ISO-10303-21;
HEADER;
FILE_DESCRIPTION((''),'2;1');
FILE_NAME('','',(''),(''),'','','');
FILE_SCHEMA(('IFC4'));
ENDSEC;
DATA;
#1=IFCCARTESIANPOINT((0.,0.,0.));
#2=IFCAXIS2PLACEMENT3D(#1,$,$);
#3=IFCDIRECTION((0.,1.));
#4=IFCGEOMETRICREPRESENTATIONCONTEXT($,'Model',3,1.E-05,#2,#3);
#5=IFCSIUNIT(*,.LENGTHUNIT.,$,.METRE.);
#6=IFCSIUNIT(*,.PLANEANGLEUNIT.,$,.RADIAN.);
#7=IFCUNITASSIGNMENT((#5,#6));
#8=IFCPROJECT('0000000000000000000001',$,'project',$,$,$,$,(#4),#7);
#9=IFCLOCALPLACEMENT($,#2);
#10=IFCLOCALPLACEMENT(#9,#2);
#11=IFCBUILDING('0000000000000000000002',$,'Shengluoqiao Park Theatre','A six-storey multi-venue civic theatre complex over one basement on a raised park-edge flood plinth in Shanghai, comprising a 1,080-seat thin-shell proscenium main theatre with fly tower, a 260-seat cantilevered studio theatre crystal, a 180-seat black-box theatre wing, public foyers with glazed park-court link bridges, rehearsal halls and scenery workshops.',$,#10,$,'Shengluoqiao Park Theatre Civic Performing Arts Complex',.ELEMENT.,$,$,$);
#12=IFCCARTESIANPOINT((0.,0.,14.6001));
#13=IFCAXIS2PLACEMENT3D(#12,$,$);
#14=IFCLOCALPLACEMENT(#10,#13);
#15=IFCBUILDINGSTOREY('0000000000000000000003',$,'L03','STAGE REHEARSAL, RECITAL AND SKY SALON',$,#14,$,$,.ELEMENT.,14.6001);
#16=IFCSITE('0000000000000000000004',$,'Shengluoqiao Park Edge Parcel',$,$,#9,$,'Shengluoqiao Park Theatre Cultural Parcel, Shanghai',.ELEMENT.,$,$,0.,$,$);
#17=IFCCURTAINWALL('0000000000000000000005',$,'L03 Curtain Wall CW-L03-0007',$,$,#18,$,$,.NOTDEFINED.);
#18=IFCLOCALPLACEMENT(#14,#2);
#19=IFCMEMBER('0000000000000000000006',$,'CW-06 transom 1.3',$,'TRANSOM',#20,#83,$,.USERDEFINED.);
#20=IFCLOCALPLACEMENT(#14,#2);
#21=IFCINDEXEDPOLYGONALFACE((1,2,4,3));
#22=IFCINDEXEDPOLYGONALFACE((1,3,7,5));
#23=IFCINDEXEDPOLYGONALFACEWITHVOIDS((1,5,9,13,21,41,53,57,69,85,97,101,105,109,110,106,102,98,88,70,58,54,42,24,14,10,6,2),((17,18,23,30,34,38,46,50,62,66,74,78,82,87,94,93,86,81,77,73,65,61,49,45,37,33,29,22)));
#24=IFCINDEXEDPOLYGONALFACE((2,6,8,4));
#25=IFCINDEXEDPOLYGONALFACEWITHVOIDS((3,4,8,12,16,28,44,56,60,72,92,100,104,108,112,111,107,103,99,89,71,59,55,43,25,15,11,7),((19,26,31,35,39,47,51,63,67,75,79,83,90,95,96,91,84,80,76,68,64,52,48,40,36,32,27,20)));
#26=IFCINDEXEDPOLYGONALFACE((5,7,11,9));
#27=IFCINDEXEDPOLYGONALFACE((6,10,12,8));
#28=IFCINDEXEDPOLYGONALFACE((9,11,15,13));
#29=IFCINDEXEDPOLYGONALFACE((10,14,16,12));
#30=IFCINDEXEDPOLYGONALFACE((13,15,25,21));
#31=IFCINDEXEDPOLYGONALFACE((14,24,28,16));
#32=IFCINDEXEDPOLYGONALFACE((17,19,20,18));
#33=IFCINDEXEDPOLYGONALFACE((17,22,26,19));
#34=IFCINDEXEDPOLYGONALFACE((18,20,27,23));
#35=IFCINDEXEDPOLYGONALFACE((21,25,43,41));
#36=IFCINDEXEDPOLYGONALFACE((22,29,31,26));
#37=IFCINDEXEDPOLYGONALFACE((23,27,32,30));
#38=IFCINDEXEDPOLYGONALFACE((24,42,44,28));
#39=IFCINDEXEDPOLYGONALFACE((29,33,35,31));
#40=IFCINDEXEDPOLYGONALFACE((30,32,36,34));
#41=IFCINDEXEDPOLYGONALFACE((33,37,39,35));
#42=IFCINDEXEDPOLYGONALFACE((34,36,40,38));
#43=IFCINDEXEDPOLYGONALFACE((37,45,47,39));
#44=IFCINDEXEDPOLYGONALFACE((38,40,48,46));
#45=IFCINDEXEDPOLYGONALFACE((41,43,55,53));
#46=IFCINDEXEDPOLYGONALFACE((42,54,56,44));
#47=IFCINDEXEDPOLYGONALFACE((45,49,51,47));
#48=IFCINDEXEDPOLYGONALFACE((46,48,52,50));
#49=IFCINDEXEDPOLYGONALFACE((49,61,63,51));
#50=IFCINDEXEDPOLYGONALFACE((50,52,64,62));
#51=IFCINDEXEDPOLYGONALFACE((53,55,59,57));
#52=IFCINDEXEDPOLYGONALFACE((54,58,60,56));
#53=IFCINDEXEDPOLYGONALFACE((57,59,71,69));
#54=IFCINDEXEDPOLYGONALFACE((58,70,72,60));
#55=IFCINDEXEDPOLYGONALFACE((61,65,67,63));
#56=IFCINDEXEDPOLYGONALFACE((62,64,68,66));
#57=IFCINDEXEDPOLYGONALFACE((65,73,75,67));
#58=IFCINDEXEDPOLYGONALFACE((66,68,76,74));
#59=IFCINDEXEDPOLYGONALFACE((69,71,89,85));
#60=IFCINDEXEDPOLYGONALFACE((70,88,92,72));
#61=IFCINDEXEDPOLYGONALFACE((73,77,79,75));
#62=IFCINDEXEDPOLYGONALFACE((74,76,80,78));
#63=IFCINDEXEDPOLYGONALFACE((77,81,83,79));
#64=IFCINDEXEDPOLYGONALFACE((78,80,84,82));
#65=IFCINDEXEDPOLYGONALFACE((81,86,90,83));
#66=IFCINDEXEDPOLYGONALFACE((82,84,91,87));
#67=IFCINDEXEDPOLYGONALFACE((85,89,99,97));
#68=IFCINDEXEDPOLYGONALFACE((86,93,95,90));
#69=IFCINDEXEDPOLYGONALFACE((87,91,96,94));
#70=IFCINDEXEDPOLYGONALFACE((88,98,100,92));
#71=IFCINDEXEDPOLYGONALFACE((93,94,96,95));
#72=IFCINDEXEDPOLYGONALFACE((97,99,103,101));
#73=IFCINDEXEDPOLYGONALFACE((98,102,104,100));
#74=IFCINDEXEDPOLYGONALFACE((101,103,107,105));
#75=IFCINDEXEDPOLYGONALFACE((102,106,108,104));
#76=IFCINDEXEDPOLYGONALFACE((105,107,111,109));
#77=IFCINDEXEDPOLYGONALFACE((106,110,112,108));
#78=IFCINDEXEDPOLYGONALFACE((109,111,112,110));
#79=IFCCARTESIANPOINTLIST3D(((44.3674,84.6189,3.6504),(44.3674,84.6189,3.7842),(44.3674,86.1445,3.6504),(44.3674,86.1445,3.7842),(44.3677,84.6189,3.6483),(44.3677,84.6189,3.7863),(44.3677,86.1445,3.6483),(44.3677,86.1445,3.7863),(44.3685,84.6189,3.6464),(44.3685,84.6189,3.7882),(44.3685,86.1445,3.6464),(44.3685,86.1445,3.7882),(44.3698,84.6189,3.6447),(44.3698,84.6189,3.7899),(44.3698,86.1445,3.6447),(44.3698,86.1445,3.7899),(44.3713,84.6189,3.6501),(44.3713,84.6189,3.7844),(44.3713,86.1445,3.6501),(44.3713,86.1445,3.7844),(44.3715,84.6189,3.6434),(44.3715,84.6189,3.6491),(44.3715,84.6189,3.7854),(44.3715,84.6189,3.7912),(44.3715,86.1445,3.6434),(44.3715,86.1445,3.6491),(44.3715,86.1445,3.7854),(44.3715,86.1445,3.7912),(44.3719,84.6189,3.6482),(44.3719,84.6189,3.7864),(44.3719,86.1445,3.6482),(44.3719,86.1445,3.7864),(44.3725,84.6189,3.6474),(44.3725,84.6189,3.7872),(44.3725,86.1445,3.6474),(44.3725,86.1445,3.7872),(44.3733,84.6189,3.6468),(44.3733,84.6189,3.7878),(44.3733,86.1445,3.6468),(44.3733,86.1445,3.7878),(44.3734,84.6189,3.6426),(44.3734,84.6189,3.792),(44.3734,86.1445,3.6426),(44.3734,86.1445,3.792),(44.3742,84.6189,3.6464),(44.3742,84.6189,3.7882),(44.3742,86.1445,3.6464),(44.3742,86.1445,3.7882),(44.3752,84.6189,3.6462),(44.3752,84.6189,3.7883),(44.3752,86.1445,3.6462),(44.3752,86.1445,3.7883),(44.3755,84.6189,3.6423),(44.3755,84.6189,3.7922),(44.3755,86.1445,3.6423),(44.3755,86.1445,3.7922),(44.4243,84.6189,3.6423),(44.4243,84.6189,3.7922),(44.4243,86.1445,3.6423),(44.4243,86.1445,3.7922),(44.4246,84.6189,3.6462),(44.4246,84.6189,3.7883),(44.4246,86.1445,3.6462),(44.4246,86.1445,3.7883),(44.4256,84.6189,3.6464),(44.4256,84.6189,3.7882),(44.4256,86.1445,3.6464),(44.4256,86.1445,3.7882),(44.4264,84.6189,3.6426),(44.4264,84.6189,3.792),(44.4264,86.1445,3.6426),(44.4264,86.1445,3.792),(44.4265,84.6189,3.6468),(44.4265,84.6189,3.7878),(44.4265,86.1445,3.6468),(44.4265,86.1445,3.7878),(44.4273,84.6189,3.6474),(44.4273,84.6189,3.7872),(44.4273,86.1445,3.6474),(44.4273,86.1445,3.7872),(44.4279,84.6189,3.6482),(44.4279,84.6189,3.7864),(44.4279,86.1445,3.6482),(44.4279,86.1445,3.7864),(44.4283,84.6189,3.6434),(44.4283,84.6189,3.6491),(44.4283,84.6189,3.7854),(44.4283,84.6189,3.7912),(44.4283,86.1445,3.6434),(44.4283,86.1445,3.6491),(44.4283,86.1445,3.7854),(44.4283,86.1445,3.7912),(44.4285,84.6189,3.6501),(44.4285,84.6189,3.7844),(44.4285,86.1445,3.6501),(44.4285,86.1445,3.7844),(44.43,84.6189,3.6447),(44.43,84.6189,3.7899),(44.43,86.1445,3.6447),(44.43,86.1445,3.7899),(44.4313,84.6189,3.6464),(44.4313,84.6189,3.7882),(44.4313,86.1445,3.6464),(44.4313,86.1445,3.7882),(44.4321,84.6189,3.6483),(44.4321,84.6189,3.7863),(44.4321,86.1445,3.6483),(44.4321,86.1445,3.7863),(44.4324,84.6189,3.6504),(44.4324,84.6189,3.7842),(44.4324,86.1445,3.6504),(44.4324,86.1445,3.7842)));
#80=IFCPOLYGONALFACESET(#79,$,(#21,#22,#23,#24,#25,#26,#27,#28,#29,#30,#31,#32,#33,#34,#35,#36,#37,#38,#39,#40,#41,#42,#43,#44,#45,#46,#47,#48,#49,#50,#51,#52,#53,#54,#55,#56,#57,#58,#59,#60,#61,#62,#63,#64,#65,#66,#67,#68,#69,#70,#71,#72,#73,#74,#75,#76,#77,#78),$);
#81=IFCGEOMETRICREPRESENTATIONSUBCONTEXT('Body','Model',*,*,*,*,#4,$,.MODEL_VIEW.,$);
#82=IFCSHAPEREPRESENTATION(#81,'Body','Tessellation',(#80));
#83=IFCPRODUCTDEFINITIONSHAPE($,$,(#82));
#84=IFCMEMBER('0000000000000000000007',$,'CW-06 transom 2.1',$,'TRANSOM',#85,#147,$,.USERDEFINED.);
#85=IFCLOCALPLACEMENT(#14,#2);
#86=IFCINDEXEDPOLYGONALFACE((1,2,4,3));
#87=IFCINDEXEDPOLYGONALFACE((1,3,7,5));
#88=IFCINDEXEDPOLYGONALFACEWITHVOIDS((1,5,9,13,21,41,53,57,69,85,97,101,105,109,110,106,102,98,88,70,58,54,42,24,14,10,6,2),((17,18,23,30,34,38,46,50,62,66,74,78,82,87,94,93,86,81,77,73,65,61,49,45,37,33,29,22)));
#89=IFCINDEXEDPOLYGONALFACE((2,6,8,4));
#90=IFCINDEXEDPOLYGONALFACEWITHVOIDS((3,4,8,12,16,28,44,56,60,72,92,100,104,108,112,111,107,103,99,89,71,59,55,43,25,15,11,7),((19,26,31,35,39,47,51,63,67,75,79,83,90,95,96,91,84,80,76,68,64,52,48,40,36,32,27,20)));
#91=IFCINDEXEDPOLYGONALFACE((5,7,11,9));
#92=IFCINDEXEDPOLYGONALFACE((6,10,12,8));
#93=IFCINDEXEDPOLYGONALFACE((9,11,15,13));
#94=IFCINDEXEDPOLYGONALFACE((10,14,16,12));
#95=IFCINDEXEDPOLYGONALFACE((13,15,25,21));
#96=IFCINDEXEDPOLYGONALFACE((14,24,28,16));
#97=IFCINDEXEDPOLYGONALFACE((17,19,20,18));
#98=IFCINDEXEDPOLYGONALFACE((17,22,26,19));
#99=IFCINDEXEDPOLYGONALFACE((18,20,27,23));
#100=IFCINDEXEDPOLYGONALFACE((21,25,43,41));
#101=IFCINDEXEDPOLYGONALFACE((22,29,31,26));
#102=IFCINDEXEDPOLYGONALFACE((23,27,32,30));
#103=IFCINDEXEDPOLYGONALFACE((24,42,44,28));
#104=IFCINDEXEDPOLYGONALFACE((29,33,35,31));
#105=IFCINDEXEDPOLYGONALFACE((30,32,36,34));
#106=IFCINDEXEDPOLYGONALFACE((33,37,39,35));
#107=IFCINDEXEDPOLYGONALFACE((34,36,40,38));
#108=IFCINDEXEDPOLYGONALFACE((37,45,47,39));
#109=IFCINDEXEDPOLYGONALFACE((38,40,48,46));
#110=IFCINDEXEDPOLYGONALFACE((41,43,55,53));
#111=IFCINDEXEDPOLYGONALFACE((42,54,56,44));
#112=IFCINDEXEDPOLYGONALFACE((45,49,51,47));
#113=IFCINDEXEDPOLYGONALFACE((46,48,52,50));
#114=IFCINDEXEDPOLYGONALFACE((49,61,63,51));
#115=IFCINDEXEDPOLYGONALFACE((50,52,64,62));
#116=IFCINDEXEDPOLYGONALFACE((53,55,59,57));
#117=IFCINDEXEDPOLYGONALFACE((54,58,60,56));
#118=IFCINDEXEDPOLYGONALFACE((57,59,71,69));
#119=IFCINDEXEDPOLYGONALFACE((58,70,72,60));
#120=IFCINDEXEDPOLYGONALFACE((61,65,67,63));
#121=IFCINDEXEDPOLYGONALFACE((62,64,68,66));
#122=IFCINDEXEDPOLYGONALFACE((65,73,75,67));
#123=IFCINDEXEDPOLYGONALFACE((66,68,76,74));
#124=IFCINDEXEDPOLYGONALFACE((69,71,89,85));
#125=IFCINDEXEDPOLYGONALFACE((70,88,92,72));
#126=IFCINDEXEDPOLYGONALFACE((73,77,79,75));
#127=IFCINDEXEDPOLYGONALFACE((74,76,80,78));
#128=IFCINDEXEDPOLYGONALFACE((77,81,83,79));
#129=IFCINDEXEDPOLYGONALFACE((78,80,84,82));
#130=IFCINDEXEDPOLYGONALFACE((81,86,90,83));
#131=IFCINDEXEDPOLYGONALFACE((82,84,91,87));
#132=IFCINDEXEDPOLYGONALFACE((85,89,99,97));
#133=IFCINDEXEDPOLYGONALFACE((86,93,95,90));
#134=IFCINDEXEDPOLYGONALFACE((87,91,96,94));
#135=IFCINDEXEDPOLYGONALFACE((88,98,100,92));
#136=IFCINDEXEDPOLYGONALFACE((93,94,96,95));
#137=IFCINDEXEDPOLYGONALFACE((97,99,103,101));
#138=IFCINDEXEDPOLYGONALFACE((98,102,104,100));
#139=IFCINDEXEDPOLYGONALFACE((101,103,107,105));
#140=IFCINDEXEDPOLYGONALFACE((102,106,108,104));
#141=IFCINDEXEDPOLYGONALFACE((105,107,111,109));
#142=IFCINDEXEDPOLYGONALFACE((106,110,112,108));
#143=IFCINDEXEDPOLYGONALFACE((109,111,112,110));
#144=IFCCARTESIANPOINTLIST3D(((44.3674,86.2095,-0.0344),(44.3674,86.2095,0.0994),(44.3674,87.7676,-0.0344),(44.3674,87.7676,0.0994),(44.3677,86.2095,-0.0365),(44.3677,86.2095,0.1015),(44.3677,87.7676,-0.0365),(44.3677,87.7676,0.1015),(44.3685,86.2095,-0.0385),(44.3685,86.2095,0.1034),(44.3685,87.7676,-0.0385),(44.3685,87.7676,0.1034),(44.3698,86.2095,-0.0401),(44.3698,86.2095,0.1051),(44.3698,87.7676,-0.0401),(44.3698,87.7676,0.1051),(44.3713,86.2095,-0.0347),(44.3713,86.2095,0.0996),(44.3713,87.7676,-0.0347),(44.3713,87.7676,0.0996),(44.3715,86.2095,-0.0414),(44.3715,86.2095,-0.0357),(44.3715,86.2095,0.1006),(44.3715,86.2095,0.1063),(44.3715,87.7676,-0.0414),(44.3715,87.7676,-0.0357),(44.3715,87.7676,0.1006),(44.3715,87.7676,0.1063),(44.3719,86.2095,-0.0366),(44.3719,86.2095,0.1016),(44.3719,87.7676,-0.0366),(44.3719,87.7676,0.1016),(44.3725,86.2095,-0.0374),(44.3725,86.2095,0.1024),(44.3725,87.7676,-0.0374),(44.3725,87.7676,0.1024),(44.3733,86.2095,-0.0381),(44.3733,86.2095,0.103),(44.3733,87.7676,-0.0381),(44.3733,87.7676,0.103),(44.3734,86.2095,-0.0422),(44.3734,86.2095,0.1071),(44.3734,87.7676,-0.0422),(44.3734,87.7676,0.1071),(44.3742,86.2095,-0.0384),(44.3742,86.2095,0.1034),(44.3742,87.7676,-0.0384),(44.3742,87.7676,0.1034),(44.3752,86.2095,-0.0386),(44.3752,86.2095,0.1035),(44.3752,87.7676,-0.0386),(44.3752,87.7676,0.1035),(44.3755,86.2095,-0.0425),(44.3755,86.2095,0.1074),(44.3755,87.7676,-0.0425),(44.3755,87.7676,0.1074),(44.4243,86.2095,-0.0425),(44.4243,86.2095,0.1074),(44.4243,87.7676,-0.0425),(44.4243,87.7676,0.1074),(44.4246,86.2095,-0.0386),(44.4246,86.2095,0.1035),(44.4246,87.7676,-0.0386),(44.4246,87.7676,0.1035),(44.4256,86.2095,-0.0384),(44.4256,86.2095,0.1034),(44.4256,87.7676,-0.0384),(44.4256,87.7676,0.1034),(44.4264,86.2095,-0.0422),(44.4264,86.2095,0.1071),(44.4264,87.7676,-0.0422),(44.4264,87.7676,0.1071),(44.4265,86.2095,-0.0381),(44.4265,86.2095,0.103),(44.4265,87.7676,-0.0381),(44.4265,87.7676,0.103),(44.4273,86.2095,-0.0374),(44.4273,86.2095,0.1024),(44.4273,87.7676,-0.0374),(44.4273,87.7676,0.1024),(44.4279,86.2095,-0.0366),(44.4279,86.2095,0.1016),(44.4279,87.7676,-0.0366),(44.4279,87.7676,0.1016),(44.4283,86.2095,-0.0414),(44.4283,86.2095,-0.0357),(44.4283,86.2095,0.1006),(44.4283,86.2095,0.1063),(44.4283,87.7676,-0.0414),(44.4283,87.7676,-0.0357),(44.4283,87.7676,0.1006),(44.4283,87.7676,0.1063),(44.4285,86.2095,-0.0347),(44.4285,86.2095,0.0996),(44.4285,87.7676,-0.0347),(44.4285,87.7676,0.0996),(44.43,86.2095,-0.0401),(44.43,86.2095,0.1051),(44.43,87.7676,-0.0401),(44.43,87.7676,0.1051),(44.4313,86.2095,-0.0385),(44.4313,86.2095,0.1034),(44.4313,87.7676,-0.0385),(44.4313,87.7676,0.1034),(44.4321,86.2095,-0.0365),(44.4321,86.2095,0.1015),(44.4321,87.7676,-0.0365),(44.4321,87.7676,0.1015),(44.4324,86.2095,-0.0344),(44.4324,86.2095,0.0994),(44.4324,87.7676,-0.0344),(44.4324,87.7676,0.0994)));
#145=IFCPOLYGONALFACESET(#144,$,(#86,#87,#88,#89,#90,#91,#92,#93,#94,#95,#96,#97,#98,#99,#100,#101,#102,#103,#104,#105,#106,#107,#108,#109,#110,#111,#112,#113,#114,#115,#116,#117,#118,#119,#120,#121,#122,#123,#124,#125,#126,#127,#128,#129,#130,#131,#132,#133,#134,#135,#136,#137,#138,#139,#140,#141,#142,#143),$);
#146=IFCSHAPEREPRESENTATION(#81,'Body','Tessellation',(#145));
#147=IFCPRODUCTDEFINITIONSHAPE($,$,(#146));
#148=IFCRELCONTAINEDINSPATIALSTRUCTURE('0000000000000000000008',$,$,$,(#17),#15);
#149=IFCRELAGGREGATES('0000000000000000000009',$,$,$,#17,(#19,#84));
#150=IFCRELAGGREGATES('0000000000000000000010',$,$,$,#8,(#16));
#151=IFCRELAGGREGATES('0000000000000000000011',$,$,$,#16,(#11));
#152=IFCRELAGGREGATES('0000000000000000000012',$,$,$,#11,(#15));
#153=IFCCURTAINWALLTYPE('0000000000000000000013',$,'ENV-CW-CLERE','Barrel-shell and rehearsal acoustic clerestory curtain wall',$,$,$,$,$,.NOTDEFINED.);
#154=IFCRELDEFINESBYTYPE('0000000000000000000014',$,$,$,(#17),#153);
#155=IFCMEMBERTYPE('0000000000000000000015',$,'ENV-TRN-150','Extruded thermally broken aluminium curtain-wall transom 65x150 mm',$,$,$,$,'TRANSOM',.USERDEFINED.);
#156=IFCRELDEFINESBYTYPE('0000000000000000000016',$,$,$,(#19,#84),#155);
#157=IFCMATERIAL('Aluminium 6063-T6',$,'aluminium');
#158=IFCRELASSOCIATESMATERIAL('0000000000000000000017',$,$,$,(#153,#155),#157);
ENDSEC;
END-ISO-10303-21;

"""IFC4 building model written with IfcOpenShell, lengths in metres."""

from ifc_helpers import new_model, si_unit, direction, frame, origin, origin_2d, place, context, subcontext, project, spatial, hollow_rectangle, extrude, material, material_profile, profile_set, type_object, element, aggregate, save


model = new_model("IFC4")

# Units and contexts
model_context = context("Model", 3, precision=1e-05, world=origin(), true_north=direction((0.0, 1.0)))
body_context = subcontext(model_context, "Body", "Model", "MODEL_VIEW")
ifc_project = project(units=[si_unit("LENGTHUNIT", "METRE"), si_unit("PLANEANGLEUNIT", "RADIAN")], contexts=[model_context])

# Site, building, storey
site_placement = place(None, origin())
site = spatial("IfcSite", under=ifc_project, at=site_placement, Name="Shengluoqiao Park Edge Parcel", LongName="Shengluoqiao Park Theatre Cultural Parcel, Shanghai", CompositionType="ELEMENT", RefElevation=0.0)
building_placement = place(site_placement, origin())
building = spatial("IfcBuilding", under=site, at=building_placement, Name="Shengluoqiao Park Theatre", Description="A six-storey multi-venue civic theatre complex over one basement on a raised park-edge flood plinth in Shanghai, comprising a 1,080-seat thin-shell proscenium main theatre with fly tower, a 260-seat cantilevered studio theatre crystal, a 180-seat black-box theatre wing, public foyers with glazed park-court link bridges, rehearsal halls and scenery workshops.", LongName="Shengluoqiao Park Theatre Civic Performing Arts Complex", CompositionType="ELEMENT")
storey_placement = place(building_placement, frame((0.0, 0.0, 14.6001)))
storey = spatial("IfcBuildingStorey", under=building, at=storey_placement, Name="L03", Description="STAGE REHEARSAL, RECITAL AND SKY SALON", CompositionType="ELEMENT", Elevation=14.6001)

# Curtain wall
ifc_material_1 = material(Name="Aluminium 6063-T6", Category="aluminium")
curtain_wall_type_1 = type_object("IfcCurtainWallType", Name="ENV-CW-CLERE", Description="Barrel-shell and rehearsal acoustic clerestory curtain wall", PredefinedType="NOTDEFINED", material=ifc_material_1)
curtain_wall_1_placement = place(storey_placement, origin())
curtain_wall_1 = element("IfcCurtainWall", 1, at=curtain_wall_1_placement, inside=storey, type_object=curtain_wall_type_1, Name="L03 Curtain Wall CW-L03-0007", PredefinedType="NOTDEFINED")

# Members
ifc_material_profile_1 = material_profile(ifc_material_1, hollow_rectangle(XDim=0.0649, YDim=0.1499, WallThickness=0.0039, InnerFilletRadius=0.0039, OuterFilletRadius=0.0081, at=origin_2d()), Name="ALU TRANSOM 150x65x4")
ifc_profile_set_1 = profile_set([ifc_material_profile_1], Name="Aluminium 6063-T6")
member_type_1 = type_object("IfcMemberType", Name="ENV-TRN-150", Description="Extruded thermally broken aluminium curtain-wall transom 65x150 mm", ElementType="TRANSOM", PredefinedType="USERDEFINED", material=ifc_profile_set_1)
member_1_placement = place(storey_placement, frame((44.3999, 84.6189, 3.7173), z_axis=(0.0, 1.0, 0.0), x_axis=(-1.0, 0.0, 0.0)))
member_1 = element("IfcMember", 2, at=member_1_placement, type_object=member_type_1, Name="CW-06 transom 1.3", ObjectType="TRANSOM", PredefinedType="USERDEFINED", context=body_context, shape_type="SweptSolid", body=[
    extrude(hollow_rectangle(XDim=0.0649, YDim=0.1499, WallThickness=0.0039, InnerFilletRadius=0.0039, OuterFilletRadius=0.0081, at=origin_2d()), origin(), (0.0, 0.0, 1.0), 1.5256),
])
member_2_placement = place(storey_placement, frame((44.3999, 86.2095, 0.0325), z_axis=(0.0, 1.0, 0.0), x_axis=(-1.0, 0.0, 0.0)))
member_2 = element("IfcMember", 3, at=member_2_placement, type_object=member_type_1, Name="CW-06 transom 2.1", ObjectType="TRANSOM", PredefinedType="USERDEFINED", context=body_context, shape_type="SweptSolid", body=[
    extrude(hollow_rectangle(XDim=0.0649, YDim=0.1499, WallThickness=0.0039, InnerFilletRadius=0.0039, OuterFilletRadius=0.0081, at=origin_2d()), origin(), (0.0, 0.0, 1.0), 1.5581),
])

aggregate(curtain_wall_1, [member_1, member_2])

save(model, "model.ifc")
